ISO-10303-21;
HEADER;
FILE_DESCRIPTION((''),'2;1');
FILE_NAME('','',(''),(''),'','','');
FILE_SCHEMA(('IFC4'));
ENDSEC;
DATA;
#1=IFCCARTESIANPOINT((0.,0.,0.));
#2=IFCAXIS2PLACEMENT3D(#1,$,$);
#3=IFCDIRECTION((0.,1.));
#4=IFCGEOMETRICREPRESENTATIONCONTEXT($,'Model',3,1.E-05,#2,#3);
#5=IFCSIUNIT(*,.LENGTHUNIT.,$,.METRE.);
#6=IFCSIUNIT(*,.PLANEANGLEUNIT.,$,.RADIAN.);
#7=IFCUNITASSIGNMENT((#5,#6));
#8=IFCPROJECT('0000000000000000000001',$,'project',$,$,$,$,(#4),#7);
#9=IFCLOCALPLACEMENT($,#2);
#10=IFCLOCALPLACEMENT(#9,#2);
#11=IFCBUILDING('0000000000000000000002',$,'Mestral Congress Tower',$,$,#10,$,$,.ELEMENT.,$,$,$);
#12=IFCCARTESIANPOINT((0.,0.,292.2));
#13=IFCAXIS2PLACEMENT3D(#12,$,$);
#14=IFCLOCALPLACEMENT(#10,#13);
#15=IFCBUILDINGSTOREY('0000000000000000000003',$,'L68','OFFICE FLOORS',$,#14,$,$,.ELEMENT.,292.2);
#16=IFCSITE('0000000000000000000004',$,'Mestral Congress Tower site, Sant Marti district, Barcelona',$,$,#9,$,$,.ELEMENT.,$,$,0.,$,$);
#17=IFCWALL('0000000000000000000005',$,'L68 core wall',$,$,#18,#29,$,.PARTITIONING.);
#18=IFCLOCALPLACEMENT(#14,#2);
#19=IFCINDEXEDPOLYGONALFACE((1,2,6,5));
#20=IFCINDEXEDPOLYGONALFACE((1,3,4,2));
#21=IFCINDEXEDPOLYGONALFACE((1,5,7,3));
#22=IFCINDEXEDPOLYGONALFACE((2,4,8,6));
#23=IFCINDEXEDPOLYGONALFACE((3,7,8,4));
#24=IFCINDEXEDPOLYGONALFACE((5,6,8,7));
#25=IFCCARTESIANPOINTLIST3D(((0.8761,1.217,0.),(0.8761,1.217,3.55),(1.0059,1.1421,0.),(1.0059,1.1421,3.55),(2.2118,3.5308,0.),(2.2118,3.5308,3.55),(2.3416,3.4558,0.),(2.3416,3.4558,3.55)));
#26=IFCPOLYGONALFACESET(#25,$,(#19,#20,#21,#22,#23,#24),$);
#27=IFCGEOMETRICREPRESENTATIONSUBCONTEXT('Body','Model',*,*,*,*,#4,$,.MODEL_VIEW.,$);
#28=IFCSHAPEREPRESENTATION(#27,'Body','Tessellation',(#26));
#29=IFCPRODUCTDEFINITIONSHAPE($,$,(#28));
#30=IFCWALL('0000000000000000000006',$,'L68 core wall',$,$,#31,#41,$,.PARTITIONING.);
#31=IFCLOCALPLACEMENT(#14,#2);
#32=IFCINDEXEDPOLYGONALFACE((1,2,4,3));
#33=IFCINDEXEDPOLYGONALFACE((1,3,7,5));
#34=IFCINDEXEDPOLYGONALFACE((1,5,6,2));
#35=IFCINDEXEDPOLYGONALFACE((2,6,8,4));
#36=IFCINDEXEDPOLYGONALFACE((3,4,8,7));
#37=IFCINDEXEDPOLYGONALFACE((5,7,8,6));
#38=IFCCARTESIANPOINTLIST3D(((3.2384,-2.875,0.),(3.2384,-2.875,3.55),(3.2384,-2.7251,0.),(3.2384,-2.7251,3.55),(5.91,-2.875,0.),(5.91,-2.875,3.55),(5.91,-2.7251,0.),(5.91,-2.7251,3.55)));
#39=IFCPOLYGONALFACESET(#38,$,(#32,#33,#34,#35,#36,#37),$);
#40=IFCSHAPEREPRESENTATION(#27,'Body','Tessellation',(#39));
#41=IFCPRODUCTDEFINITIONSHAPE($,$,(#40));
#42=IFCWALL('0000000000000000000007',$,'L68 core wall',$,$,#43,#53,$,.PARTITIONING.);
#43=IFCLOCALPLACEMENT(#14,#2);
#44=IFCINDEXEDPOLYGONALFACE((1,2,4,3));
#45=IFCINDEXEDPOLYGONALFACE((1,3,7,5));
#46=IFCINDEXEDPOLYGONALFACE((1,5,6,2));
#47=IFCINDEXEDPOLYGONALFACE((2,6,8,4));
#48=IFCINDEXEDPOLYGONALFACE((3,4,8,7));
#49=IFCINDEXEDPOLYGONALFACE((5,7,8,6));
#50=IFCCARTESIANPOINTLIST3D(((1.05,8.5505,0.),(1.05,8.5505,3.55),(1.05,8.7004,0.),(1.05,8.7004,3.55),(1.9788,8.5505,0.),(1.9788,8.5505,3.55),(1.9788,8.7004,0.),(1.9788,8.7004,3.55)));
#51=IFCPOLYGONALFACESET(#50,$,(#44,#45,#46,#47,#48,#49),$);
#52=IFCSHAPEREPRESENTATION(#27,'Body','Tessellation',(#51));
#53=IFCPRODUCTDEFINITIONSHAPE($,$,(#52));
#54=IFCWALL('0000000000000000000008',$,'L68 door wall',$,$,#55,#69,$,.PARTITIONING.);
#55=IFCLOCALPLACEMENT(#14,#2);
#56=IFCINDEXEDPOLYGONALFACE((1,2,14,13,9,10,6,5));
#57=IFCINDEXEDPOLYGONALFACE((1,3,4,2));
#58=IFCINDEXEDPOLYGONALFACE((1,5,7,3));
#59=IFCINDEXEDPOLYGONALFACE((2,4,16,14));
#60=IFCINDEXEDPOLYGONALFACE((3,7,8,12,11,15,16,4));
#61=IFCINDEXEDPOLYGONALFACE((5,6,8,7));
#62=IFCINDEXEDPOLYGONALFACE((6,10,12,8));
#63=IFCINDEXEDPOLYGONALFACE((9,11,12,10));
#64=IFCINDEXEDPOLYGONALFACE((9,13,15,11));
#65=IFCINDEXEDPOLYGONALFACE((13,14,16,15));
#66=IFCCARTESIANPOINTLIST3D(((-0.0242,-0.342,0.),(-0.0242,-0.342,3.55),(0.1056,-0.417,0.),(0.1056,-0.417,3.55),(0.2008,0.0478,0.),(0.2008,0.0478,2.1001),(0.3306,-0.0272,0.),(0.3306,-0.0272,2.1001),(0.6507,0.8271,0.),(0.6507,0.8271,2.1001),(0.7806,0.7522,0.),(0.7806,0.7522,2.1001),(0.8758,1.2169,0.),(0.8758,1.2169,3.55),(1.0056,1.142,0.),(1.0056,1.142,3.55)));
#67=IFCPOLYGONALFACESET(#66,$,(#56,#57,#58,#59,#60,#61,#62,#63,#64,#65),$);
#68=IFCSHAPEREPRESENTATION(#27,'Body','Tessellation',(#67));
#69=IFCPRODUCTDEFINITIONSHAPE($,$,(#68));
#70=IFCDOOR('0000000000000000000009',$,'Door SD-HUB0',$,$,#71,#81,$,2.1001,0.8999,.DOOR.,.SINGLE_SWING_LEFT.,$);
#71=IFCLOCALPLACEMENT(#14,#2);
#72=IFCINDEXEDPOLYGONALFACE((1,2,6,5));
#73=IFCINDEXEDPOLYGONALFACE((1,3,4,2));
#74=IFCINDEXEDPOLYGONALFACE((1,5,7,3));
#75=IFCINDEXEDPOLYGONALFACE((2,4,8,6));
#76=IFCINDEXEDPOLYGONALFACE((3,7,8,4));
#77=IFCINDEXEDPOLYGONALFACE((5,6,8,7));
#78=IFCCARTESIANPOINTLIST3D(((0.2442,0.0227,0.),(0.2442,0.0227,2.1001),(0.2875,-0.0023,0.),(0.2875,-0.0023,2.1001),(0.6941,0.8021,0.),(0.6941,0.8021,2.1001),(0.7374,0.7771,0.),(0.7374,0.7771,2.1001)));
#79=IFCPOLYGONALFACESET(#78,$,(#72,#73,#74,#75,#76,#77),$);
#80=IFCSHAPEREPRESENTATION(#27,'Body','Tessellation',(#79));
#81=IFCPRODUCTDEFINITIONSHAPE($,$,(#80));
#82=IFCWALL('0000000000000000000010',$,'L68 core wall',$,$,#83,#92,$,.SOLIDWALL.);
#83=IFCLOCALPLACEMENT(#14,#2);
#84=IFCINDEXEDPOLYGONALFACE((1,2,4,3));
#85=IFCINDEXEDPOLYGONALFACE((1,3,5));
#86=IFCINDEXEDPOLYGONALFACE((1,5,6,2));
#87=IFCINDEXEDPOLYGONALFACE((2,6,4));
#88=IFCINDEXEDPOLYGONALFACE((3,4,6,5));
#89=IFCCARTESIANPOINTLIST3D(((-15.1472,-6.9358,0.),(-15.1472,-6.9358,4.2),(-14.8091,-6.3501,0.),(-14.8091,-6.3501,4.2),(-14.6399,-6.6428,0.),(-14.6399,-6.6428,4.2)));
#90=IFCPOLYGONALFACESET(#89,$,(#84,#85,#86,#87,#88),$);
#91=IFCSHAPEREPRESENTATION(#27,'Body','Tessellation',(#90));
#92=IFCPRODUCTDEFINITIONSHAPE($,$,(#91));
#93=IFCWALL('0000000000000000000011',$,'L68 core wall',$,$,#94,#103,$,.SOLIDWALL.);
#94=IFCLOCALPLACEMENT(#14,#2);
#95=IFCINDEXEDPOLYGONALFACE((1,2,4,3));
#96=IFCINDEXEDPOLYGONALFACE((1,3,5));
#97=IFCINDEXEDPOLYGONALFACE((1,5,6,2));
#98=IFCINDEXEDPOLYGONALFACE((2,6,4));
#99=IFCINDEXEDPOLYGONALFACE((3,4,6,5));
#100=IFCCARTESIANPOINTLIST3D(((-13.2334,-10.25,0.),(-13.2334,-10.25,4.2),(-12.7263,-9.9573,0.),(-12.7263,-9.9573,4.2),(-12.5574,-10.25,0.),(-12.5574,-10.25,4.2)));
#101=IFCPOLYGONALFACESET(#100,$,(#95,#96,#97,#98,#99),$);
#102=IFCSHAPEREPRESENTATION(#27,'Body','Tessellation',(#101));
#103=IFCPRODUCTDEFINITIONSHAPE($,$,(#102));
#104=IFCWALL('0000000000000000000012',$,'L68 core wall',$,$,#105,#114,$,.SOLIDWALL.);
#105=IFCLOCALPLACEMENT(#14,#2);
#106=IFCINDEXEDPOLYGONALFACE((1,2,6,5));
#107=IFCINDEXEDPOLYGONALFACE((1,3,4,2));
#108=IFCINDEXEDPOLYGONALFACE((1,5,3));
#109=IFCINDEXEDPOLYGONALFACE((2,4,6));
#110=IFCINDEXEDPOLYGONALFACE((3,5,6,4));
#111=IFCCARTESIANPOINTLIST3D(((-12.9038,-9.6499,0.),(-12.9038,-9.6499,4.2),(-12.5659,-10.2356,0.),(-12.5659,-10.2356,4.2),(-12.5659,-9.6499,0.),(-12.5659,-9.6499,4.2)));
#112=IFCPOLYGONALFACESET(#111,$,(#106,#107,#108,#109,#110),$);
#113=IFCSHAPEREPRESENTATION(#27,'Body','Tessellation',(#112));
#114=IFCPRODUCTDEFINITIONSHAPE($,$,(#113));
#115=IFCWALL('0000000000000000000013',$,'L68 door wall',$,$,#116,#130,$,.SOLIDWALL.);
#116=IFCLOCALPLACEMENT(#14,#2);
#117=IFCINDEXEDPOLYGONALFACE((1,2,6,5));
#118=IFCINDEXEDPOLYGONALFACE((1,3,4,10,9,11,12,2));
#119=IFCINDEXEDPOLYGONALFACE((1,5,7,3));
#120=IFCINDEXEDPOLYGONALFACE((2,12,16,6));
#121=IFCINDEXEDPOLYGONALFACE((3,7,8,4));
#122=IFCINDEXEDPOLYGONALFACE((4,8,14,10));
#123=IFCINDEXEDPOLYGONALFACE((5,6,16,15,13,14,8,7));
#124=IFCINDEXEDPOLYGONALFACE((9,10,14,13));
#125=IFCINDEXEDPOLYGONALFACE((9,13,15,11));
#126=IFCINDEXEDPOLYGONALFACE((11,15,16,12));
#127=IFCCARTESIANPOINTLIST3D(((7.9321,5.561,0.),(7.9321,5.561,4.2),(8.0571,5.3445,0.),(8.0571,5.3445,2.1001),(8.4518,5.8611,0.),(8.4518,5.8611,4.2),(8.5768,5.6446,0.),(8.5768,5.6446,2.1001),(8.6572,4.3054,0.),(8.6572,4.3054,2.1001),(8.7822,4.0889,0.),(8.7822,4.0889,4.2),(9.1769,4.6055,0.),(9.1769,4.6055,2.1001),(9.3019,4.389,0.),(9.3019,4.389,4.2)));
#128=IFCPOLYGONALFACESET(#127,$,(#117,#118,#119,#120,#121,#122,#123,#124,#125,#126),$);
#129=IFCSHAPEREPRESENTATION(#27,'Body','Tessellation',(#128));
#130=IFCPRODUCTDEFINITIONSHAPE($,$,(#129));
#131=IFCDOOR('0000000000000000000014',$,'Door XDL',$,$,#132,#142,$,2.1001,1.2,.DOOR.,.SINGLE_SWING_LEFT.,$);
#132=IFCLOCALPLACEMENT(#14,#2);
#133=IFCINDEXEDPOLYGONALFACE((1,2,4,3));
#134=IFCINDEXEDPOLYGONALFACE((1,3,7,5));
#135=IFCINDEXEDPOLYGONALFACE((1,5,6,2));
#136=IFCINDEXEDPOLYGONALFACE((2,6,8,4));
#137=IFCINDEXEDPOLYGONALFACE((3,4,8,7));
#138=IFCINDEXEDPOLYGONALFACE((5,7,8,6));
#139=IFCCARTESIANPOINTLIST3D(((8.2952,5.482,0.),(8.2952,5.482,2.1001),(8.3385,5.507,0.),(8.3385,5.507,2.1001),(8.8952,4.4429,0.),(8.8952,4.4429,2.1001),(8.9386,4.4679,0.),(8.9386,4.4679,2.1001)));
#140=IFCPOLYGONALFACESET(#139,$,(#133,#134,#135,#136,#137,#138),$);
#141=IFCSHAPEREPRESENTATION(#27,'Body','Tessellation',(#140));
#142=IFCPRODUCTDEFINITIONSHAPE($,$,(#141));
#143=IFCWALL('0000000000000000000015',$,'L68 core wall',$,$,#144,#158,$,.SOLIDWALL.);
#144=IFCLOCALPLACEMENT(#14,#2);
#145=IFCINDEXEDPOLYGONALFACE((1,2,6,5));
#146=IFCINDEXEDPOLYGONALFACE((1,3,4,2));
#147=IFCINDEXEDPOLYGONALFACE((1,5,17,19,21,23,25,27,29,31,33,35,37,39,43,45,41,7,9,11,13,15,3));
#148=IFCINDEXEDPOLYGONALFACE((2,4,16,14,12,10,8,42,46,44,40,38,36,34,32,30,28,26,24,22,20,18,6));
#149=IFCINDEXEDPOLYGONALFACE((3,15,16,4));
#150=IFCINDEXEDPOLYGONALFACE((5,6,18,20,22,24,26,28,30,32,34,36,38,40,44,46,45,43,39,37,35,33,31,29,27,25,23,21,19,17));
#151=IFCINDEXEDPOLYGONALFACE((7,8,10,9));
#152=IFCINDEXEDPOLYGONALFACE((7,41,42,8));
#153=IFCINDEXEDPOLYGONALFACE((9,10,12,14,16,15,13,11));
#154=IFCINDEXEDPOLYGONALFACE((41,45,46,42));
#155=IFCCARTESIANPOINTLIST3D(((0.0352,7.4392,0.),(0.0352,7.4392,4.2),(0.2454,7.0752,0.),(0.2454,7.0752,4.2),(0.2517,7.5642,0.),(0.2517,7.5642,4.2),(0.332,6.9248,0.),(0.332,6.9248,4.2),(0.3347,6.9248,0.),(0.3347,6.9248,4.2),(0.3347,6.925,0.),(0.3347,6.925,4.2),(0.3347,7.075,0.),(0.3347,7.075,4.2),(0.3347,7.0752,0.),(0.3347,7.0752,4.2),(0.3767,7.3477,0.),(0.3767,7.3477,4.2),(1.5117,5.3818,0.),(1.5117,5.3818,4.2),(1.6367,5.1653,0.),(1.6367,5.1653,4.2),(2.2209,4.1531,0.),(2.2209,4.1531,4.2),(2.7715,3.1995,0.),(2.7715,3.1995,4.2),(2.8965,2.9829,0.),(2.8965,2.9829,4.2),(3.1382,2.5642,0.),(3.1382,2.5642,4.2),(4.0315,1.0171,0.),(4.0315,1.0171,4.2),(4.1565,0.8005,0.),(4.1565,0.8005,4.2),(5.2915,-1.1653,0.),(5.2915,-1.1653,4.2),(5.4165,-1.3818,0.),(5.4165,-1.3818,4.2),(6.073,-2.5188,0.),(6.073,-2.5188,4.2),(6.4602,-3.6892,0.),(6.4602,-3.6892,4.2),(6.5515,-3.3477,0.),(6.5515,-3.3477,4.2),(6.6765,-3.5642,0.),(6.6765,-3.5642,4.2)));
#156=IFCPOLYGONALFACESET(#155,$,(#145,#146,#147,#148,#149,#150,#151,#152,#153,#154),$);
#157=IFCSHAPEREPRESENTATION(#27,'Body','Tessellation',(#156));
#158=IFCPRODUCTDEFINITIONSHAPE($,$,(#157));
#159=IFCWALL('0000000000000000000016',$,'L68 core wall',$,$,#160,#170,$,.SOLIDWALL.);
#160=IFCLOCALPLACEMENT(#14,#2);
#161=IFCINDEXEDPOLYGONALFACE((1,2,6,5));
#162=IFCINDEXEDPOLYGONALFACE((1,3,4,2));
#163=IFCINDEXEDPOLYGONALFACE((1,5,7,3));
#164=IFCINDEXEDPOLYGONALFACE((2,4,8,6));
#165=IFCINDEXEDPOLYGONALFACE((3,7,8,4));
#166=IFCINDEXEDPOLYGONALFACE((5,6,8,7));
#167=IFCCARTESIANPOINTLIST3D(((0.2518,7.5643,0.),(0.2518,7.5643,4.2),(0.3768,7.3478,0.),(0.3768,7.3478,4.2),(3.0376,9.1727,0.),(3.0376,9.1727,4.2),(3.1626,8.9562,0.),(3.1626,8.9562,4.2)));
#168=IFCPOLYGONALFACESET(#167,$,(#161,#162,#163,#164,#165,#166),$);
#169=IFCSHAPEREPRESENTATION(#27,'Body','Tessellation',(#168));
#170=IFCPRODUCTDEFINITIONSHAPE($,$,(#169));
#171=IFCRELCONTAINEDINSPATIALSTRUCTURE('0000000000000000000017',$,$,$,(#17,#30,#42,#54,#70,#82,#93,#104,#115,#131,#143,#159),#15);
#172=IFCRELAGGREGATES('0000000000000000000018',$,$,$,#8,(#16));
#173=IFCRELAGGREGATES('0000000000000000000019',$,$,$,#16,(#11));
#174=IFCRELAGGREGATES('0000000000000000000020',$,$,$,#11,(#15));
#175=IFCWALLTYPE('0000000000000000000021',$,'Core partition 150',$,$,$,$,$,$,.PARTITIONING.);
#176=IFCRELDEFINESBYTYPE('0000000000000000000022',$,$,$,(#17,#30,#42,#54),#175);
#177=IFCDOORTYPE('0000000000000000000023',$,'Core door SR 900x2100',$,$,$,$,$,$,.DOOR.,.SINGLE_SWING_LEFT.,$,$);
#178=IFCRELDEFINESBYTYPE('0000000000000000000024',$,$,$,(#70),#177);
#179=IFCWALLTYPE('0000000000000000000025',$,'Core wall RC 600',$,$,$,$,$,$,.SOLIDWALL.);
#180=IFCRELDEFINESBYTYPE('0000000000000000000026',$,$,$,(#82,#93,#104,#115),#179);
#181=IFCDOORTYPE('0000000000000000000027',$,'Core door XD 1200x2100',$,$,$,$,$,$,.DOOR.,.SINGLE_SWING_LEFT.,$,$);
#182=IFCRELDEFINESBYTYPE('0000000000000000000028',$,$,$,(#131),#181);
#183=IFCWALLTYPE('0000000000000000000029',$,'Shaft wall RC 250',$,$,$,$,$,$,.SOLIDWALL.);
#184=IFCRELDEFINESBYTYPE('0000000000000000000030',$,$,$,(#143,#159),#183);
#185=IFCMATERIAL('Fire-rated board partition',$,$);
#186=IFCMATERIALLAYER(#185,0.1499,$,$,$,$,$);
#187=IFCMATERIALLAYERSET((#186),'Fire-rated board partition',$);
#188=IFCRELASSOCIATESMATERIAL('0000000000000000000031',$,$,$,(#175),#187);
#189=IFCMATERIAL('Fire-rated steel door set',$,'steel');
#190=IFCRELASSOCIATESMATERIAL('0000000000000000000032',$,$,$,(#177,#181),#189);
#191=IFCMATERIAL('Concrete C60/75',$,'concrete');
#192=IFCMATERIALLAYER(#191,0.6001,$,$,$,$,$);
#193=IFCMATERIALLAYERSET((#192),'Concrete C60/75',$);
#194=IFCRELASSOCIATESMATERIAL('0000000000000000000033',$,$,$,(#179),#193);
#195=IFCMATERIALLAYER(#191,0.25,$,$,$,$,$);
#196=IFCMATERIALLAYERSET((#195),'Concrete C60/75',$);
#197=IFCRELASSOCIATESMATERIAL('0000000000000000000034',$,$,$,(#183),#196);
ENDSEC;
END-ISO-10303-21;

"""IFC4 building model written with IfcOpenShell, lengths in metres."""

from ifc_helpers import new_model, si_unit, direction, frame, frame_2d, origin, place, context, subcontext, project, spatial, polyline, rectangle, outline, extrude, material, layer, layer_set, type_object, element, fill, save


model = new_model("IFC4")

# Units and contexts
model_context = context("Model", 3, precision=1e-05, world=origin(), true_north=direction((0.0, 1.0)))
body_context = subcontext(model_context, "Body", "Model", "MODEL_VIEW")
ifc_project = project(units=[si_unit("LENGTHUNIT", "METRE"), si_unit("PLANEANGLEUNIT", "RADIAN")], contexts=[model_context])

# Site, building, storey
site_placement = place(None, origin())
site = spatial("IfcSite", under=ifc_project, at=site_placement, Name="Mestral Congress Tower site, Sant Marti district, Barcelona", CompositionType="ELEMENT", RefElevation=0.0)
building_placement = place(site_placement, origin())
building = spatial("IfcBuilding", under=site, at=building_placement, Name="Mestral Congress Tower", CompositionType="ELEMENT")
storey_placement = place(building_placement, frame((0.0, 0.0, 292.2)))
storey = spatial("IfcBuildingStorey", under=building, at=storey_placement, Name="L68", Description="OFFICE FLOORS", CompositionType="ELEMENT", Elevation=292.2)

# Walls
ifc_material_1 = material(Name="Fire-rated board partition")
ifc_layer_1 = layer(ifc_material_1, 0.1499)
ifc_layer_set_1 = layer_set([ifc_layer_1], Name="Fire-rated board partition")
wall_type_1 = type_object("IfcWallType", Name="Core partition 150", PredefinedType="PARTITIONING", material=ifc_layer_set_1)
for number, where, z_axis, x_axis, name in (
    (1, (0.9409, 1.1794, 0.0), (0.0, 0.0, 1.0), (0.499962, 0.866047, 0.0), "L68 core wall"),
    (2, (3.2383, -2.8, 0.0), (0.0, 0.0, 1.0), (1.0, 0.0, 0.0), "L68 core wall"),
):
    element("IfcWall", number, at=place(storey_placement, frame(where, z_axis=z_axis, x_axis=x_axis)), inside=storey, type_object=wall_type_1, Name=name, PredefinedType="PARTITIONING", context=body_context, shape_type="SweptSolid", body=[
        extrude(rectangle(XDim=2.6716, YDim=0.1499, at=frame_2d((1.3359, 0.0))), origin(), (0.0, 0.0, 1.0), 3.55),
    ])
wall_1_placement = place(storey_placement, frame((1.05, 8.6255, 0.0), z_axis=(0.0, 0.0, 1.0), x_axis=(1.0, 0.0, 0.0)))
element("IfcWall", 3, at=wall_1_placement, inside=storey, type_object=wall_type_1, Name="L68 core wall", PredefinedType="PARTITIONING", context=body_context, shape_type="SweptSolid", body=[
    extrude(rectangle(XDim=0.9287, YDim=0.1499, at=frame_2d((0.4644, 0.0))), origin(), (0.0, 0.0, 1.0), 3.55),
])

# Wall, opening, door
wall_2_placement = place(storey_placement, frame((0.0408, -0.3794, 0.0), z_axis=(0.0, 0.0, 1.0), x_axis=(0.499961, 0.866048, 0.0)))
wall_2 = element("IfcWall", 4, at=wall_2_placement, inside=storey, type_object=wall_type_1, Name="L68 door wall", PredefinedType="PARTITIONING", context=body_context, shape_type="SweptSolid", body=[
    extrude(rectangle(XDim=1.8, YDim=0.1499, at=frame_2d((0.8999, 0.0))), origin(), (0.0, 0.0, 1.0), 3.55),
])
opening_1_placement = place(wall_2_placement, frame((0.45, 0.0, 0.0)))
opening_1 = element("IfcOpeningElement", 5, at=opening_1_placement, cuts=wall_2, PredefinedType="OPENING", context=body_context, shape_type="SweptSolid", body=[
    extrude(rectangle(XDim=0.8999, YDim=2.1001, at=frame_2d((0.45, 1.05))), frame((0.0, 0.085, 0.0), z_axis=(0.0, -1.0, 0.0), x_axis=(1.0, 0.0, 0.0)), (0.0, 0.0, 1.0), 0.1699),
])
ifc_material_2 = material(Name="Fire-rated steel door set", Category="steel")
door_type_1 = type_object("IfcDoorType", Name="Core door SR 900x2100", OperationType="SINGLE_SWING_LEFT", PredefinedType="DOOR", material=ifc_material_2)
door_1_placement = place(opening_1_placement, origin())
door_1 = element("IfcDoor", 6, at=door_1_placement, inside=storey, type_object=door_type_1, Name="Door SD-HUB0", OperationType="SINGLE_SWING_LEFT", OverallHeight=2.1001, OverallWidth=0.8999, PredefinedType="DOOR", context=body_context, shape_type="SweptSolid", body=[
    extrude(rectangle(XDim=0.8999, YDim=2.1001, at=frame_2d((0.45, 1.05))), frame((0.0, 0.0249, 0.0), z_axis=(0.0, -1.0, 0.0), x_axis=(1.0, 0.0, 0.0)), (0.0, 0.0, 1.0), 0.05),
])
fill(opening_1, door_1)

# Walls
ifc_material_3 = material(Name="Concrete C60/75", Category="concrete")
ifc_layer_2 = layer(ifc_material_3, 0.6001)
ifc_layer_set_2 = layer_set([ifc_layer_2], Name="Concrete C60/75")
wall_type_2 = type_object("IfcWallType", Name="Core wall RC 600", PredefinedType="SOLIDWALL", material=ifc_layer_set_2)
placement = place(storey_placement, origin())
element("IfcWall", 7, at=placement, inside=storey, type_object=wall_type_2, Name="L68 core wall", PredefinedType="SOLIDWALL", context=body_context, shape_type="SweptSolid", body=[
    extrude(outline(polyline([(-14.6399, -6.6428), (-15.1472, -6.9358), (-14.8091, -6.3501), (-14.6399, -6.6428)])), origin(), (0.0, 0.0, 1.0), 4.2),
])
element("IfcWall", 8, at=placement, inside=storey, type_object=wall_type_2, Name="L68 core wall", PredefinedType="SOLIDWALL", context=body_context, shape_type="SweptSolid", body=[
    extrude(outline(polyline([(-12.5574, -10.25), (-13.2334, -10.25), (-12.7263, -9.9573), (-12.5574, -10.25)])), origin(), (0.0, 0.0, 1.0), 4.2),
])
element("IfcWall", 9, at=placement, inside=storey, type_object=wall_type_2, Name="L68 core wall", PredefinedType="SOLIDWALL", context=body_context, shape_type="SweptSolid", body=[
    extrude(outline(polyline([(-12.9038, -9.6499), (-12.5659, -9.6499), (-12.5659, -10.2356), (-12.9038, -9.6499)])), origin(), (0.0, 0.0, 1.0), 4.2),
])

# Wall, opening, door
wall_3_placement = place(storey_placement, frame((8.1919, 5.7112, 0.0), z_axis=(0.0, 0.0, 1.0), x_axis=(0.500062, -0.865989, 0.0)))
wall_3 = element("IfcWall", 10, at=wall_3_placement, inside=storey, type_object=wall_type_2, Name="L68 door wall", PredefinedType="SOLIDWALL", context=body_context, shape_type="SweptSolid", body=[
    extrude(rectangle(XDim=1.7, YDim=0.6001, at=frame_2d((0.8501, 0.0))), origin(), (0.0, 0.0, 1.0), 4.2),
])
opening_2_placement = place(wall_3_placement, frame((0.25, 0.0, 0.0)))
opening_2 = element("IfcOpeningElement", 11, at=opening_2_placement, cuts=wall_3, PredefinedType="OPENING", context=body_context, shape_type="SweptSolid", body=[
    extrude(rectangle(XDim=1.2, YDim=2.1001, at=frame_2d((0.6001, 1.05))), frame((0.0, 0.3101, 0.0), z_axis=(0.0, -1.0, 0.0), x_axis=(1.0, 0.0, 0.0)), (0.0, 0.0, 1.0), 0.6201),
])
door_type_2 = type_object("IfcDoorType", Name="Core door XD 1200x2100", OperationType="SINGLE_SWING_LEFT", PredefinedType="DOOR", material=ifc_material_2)
door_2_placement = place(opening_2_placement, origin())
door_2 = element("IfcDoor", 12, at=door_2_placement, inside=storey, type_object=door_type_2, Name="Door XDL", OperationType="SINGLE_SWING_LEFT", OverallHeight=2.1001, OverallWidth=1.2, PredefinedType="DOOR", context=body_context, shape_type="SweptSolid", body=[
    extrude(rectangle(XDim=1.2, YDim=2.1001, at=frame_2d((0.6001, 1.05))), frame((0.0, 0.0249, 0.0), z_axis=(0.0, -1.0, 0.0), x_axis=(1.0, 0.0, 0.0)), (0.0, 0.0, 1.0), 0.05),
])
fill(opening_2, door_2)

# Walls
ifc_layer_3 = layer(ifc_material_3, 0.25)
ifc_layer_set_3 = layer_set([ifc_layer_3], Name="Concrete C60/75")
wall_type_3 = type_object("IfcWallType", Name="Shaft wall RC 250", PredefinedType="SOLIDWALL", material=ifc_layer_set_3)
element("IfcWall", 13, at=placement, inside=storey, type_object=wall_type_3, Name="L68 core wall", PredefinedType="SOLIDWALL", context=body_context, shape_type="SweptSolid", body=[
    extrude(outline(polyline([(0.332, 6.9248), (0.3347, 6.9248), (0.3347, 6.925), (0.3347, 6.925), (0.3347, 7.075), (0.3347, 7.075), (0.3347, 7.0752), (0.2454, 7.0752), (0.0352, 7.4392), (0.2517, 7.5642), (0.3767, 7.3477), (1.5117, 5.3818), (1.6367, 5.1653), (2.2209, 4.1531), (2.7715, 3.1995), (2.8965, 2.9829), (3.1382, 2.5642), (4.0315, 1.0171), (4.1565, 0.8005), (5.2915, -1.1653), (5.4165, -1.3818), (6.073, -2.5188), (6.5515, -3.3477), (6.6765, -3.5642), (6.4602, -3.6892), (0.332, 6.9248)])), origin(), (0.0, 0.0, 1.0), 4.2),
])
wall_4_placement = place(storey_placement, frame((3.1001, 9.0645, 0.0), z_axis=(0.0, 0.0, 1.0), x_axis=(-0.86603, -0.499992, 0.0)))
element("IfcWall", 14, at=wall_4_placement, inside=storey, type_object=wall_type_3, Name="L68 core wall", PredefinedType="SOLIDWALL", context=body_context, shape_type="SweptSolid", body=[
    extrude(rectangle(XDim=3.2168, YDim=0.25, at=frame_2d((1.6084, 0.0))), origin(), (0.0, 0.0, 1.0), 4.2),
])

save(model, "model.ifc")
